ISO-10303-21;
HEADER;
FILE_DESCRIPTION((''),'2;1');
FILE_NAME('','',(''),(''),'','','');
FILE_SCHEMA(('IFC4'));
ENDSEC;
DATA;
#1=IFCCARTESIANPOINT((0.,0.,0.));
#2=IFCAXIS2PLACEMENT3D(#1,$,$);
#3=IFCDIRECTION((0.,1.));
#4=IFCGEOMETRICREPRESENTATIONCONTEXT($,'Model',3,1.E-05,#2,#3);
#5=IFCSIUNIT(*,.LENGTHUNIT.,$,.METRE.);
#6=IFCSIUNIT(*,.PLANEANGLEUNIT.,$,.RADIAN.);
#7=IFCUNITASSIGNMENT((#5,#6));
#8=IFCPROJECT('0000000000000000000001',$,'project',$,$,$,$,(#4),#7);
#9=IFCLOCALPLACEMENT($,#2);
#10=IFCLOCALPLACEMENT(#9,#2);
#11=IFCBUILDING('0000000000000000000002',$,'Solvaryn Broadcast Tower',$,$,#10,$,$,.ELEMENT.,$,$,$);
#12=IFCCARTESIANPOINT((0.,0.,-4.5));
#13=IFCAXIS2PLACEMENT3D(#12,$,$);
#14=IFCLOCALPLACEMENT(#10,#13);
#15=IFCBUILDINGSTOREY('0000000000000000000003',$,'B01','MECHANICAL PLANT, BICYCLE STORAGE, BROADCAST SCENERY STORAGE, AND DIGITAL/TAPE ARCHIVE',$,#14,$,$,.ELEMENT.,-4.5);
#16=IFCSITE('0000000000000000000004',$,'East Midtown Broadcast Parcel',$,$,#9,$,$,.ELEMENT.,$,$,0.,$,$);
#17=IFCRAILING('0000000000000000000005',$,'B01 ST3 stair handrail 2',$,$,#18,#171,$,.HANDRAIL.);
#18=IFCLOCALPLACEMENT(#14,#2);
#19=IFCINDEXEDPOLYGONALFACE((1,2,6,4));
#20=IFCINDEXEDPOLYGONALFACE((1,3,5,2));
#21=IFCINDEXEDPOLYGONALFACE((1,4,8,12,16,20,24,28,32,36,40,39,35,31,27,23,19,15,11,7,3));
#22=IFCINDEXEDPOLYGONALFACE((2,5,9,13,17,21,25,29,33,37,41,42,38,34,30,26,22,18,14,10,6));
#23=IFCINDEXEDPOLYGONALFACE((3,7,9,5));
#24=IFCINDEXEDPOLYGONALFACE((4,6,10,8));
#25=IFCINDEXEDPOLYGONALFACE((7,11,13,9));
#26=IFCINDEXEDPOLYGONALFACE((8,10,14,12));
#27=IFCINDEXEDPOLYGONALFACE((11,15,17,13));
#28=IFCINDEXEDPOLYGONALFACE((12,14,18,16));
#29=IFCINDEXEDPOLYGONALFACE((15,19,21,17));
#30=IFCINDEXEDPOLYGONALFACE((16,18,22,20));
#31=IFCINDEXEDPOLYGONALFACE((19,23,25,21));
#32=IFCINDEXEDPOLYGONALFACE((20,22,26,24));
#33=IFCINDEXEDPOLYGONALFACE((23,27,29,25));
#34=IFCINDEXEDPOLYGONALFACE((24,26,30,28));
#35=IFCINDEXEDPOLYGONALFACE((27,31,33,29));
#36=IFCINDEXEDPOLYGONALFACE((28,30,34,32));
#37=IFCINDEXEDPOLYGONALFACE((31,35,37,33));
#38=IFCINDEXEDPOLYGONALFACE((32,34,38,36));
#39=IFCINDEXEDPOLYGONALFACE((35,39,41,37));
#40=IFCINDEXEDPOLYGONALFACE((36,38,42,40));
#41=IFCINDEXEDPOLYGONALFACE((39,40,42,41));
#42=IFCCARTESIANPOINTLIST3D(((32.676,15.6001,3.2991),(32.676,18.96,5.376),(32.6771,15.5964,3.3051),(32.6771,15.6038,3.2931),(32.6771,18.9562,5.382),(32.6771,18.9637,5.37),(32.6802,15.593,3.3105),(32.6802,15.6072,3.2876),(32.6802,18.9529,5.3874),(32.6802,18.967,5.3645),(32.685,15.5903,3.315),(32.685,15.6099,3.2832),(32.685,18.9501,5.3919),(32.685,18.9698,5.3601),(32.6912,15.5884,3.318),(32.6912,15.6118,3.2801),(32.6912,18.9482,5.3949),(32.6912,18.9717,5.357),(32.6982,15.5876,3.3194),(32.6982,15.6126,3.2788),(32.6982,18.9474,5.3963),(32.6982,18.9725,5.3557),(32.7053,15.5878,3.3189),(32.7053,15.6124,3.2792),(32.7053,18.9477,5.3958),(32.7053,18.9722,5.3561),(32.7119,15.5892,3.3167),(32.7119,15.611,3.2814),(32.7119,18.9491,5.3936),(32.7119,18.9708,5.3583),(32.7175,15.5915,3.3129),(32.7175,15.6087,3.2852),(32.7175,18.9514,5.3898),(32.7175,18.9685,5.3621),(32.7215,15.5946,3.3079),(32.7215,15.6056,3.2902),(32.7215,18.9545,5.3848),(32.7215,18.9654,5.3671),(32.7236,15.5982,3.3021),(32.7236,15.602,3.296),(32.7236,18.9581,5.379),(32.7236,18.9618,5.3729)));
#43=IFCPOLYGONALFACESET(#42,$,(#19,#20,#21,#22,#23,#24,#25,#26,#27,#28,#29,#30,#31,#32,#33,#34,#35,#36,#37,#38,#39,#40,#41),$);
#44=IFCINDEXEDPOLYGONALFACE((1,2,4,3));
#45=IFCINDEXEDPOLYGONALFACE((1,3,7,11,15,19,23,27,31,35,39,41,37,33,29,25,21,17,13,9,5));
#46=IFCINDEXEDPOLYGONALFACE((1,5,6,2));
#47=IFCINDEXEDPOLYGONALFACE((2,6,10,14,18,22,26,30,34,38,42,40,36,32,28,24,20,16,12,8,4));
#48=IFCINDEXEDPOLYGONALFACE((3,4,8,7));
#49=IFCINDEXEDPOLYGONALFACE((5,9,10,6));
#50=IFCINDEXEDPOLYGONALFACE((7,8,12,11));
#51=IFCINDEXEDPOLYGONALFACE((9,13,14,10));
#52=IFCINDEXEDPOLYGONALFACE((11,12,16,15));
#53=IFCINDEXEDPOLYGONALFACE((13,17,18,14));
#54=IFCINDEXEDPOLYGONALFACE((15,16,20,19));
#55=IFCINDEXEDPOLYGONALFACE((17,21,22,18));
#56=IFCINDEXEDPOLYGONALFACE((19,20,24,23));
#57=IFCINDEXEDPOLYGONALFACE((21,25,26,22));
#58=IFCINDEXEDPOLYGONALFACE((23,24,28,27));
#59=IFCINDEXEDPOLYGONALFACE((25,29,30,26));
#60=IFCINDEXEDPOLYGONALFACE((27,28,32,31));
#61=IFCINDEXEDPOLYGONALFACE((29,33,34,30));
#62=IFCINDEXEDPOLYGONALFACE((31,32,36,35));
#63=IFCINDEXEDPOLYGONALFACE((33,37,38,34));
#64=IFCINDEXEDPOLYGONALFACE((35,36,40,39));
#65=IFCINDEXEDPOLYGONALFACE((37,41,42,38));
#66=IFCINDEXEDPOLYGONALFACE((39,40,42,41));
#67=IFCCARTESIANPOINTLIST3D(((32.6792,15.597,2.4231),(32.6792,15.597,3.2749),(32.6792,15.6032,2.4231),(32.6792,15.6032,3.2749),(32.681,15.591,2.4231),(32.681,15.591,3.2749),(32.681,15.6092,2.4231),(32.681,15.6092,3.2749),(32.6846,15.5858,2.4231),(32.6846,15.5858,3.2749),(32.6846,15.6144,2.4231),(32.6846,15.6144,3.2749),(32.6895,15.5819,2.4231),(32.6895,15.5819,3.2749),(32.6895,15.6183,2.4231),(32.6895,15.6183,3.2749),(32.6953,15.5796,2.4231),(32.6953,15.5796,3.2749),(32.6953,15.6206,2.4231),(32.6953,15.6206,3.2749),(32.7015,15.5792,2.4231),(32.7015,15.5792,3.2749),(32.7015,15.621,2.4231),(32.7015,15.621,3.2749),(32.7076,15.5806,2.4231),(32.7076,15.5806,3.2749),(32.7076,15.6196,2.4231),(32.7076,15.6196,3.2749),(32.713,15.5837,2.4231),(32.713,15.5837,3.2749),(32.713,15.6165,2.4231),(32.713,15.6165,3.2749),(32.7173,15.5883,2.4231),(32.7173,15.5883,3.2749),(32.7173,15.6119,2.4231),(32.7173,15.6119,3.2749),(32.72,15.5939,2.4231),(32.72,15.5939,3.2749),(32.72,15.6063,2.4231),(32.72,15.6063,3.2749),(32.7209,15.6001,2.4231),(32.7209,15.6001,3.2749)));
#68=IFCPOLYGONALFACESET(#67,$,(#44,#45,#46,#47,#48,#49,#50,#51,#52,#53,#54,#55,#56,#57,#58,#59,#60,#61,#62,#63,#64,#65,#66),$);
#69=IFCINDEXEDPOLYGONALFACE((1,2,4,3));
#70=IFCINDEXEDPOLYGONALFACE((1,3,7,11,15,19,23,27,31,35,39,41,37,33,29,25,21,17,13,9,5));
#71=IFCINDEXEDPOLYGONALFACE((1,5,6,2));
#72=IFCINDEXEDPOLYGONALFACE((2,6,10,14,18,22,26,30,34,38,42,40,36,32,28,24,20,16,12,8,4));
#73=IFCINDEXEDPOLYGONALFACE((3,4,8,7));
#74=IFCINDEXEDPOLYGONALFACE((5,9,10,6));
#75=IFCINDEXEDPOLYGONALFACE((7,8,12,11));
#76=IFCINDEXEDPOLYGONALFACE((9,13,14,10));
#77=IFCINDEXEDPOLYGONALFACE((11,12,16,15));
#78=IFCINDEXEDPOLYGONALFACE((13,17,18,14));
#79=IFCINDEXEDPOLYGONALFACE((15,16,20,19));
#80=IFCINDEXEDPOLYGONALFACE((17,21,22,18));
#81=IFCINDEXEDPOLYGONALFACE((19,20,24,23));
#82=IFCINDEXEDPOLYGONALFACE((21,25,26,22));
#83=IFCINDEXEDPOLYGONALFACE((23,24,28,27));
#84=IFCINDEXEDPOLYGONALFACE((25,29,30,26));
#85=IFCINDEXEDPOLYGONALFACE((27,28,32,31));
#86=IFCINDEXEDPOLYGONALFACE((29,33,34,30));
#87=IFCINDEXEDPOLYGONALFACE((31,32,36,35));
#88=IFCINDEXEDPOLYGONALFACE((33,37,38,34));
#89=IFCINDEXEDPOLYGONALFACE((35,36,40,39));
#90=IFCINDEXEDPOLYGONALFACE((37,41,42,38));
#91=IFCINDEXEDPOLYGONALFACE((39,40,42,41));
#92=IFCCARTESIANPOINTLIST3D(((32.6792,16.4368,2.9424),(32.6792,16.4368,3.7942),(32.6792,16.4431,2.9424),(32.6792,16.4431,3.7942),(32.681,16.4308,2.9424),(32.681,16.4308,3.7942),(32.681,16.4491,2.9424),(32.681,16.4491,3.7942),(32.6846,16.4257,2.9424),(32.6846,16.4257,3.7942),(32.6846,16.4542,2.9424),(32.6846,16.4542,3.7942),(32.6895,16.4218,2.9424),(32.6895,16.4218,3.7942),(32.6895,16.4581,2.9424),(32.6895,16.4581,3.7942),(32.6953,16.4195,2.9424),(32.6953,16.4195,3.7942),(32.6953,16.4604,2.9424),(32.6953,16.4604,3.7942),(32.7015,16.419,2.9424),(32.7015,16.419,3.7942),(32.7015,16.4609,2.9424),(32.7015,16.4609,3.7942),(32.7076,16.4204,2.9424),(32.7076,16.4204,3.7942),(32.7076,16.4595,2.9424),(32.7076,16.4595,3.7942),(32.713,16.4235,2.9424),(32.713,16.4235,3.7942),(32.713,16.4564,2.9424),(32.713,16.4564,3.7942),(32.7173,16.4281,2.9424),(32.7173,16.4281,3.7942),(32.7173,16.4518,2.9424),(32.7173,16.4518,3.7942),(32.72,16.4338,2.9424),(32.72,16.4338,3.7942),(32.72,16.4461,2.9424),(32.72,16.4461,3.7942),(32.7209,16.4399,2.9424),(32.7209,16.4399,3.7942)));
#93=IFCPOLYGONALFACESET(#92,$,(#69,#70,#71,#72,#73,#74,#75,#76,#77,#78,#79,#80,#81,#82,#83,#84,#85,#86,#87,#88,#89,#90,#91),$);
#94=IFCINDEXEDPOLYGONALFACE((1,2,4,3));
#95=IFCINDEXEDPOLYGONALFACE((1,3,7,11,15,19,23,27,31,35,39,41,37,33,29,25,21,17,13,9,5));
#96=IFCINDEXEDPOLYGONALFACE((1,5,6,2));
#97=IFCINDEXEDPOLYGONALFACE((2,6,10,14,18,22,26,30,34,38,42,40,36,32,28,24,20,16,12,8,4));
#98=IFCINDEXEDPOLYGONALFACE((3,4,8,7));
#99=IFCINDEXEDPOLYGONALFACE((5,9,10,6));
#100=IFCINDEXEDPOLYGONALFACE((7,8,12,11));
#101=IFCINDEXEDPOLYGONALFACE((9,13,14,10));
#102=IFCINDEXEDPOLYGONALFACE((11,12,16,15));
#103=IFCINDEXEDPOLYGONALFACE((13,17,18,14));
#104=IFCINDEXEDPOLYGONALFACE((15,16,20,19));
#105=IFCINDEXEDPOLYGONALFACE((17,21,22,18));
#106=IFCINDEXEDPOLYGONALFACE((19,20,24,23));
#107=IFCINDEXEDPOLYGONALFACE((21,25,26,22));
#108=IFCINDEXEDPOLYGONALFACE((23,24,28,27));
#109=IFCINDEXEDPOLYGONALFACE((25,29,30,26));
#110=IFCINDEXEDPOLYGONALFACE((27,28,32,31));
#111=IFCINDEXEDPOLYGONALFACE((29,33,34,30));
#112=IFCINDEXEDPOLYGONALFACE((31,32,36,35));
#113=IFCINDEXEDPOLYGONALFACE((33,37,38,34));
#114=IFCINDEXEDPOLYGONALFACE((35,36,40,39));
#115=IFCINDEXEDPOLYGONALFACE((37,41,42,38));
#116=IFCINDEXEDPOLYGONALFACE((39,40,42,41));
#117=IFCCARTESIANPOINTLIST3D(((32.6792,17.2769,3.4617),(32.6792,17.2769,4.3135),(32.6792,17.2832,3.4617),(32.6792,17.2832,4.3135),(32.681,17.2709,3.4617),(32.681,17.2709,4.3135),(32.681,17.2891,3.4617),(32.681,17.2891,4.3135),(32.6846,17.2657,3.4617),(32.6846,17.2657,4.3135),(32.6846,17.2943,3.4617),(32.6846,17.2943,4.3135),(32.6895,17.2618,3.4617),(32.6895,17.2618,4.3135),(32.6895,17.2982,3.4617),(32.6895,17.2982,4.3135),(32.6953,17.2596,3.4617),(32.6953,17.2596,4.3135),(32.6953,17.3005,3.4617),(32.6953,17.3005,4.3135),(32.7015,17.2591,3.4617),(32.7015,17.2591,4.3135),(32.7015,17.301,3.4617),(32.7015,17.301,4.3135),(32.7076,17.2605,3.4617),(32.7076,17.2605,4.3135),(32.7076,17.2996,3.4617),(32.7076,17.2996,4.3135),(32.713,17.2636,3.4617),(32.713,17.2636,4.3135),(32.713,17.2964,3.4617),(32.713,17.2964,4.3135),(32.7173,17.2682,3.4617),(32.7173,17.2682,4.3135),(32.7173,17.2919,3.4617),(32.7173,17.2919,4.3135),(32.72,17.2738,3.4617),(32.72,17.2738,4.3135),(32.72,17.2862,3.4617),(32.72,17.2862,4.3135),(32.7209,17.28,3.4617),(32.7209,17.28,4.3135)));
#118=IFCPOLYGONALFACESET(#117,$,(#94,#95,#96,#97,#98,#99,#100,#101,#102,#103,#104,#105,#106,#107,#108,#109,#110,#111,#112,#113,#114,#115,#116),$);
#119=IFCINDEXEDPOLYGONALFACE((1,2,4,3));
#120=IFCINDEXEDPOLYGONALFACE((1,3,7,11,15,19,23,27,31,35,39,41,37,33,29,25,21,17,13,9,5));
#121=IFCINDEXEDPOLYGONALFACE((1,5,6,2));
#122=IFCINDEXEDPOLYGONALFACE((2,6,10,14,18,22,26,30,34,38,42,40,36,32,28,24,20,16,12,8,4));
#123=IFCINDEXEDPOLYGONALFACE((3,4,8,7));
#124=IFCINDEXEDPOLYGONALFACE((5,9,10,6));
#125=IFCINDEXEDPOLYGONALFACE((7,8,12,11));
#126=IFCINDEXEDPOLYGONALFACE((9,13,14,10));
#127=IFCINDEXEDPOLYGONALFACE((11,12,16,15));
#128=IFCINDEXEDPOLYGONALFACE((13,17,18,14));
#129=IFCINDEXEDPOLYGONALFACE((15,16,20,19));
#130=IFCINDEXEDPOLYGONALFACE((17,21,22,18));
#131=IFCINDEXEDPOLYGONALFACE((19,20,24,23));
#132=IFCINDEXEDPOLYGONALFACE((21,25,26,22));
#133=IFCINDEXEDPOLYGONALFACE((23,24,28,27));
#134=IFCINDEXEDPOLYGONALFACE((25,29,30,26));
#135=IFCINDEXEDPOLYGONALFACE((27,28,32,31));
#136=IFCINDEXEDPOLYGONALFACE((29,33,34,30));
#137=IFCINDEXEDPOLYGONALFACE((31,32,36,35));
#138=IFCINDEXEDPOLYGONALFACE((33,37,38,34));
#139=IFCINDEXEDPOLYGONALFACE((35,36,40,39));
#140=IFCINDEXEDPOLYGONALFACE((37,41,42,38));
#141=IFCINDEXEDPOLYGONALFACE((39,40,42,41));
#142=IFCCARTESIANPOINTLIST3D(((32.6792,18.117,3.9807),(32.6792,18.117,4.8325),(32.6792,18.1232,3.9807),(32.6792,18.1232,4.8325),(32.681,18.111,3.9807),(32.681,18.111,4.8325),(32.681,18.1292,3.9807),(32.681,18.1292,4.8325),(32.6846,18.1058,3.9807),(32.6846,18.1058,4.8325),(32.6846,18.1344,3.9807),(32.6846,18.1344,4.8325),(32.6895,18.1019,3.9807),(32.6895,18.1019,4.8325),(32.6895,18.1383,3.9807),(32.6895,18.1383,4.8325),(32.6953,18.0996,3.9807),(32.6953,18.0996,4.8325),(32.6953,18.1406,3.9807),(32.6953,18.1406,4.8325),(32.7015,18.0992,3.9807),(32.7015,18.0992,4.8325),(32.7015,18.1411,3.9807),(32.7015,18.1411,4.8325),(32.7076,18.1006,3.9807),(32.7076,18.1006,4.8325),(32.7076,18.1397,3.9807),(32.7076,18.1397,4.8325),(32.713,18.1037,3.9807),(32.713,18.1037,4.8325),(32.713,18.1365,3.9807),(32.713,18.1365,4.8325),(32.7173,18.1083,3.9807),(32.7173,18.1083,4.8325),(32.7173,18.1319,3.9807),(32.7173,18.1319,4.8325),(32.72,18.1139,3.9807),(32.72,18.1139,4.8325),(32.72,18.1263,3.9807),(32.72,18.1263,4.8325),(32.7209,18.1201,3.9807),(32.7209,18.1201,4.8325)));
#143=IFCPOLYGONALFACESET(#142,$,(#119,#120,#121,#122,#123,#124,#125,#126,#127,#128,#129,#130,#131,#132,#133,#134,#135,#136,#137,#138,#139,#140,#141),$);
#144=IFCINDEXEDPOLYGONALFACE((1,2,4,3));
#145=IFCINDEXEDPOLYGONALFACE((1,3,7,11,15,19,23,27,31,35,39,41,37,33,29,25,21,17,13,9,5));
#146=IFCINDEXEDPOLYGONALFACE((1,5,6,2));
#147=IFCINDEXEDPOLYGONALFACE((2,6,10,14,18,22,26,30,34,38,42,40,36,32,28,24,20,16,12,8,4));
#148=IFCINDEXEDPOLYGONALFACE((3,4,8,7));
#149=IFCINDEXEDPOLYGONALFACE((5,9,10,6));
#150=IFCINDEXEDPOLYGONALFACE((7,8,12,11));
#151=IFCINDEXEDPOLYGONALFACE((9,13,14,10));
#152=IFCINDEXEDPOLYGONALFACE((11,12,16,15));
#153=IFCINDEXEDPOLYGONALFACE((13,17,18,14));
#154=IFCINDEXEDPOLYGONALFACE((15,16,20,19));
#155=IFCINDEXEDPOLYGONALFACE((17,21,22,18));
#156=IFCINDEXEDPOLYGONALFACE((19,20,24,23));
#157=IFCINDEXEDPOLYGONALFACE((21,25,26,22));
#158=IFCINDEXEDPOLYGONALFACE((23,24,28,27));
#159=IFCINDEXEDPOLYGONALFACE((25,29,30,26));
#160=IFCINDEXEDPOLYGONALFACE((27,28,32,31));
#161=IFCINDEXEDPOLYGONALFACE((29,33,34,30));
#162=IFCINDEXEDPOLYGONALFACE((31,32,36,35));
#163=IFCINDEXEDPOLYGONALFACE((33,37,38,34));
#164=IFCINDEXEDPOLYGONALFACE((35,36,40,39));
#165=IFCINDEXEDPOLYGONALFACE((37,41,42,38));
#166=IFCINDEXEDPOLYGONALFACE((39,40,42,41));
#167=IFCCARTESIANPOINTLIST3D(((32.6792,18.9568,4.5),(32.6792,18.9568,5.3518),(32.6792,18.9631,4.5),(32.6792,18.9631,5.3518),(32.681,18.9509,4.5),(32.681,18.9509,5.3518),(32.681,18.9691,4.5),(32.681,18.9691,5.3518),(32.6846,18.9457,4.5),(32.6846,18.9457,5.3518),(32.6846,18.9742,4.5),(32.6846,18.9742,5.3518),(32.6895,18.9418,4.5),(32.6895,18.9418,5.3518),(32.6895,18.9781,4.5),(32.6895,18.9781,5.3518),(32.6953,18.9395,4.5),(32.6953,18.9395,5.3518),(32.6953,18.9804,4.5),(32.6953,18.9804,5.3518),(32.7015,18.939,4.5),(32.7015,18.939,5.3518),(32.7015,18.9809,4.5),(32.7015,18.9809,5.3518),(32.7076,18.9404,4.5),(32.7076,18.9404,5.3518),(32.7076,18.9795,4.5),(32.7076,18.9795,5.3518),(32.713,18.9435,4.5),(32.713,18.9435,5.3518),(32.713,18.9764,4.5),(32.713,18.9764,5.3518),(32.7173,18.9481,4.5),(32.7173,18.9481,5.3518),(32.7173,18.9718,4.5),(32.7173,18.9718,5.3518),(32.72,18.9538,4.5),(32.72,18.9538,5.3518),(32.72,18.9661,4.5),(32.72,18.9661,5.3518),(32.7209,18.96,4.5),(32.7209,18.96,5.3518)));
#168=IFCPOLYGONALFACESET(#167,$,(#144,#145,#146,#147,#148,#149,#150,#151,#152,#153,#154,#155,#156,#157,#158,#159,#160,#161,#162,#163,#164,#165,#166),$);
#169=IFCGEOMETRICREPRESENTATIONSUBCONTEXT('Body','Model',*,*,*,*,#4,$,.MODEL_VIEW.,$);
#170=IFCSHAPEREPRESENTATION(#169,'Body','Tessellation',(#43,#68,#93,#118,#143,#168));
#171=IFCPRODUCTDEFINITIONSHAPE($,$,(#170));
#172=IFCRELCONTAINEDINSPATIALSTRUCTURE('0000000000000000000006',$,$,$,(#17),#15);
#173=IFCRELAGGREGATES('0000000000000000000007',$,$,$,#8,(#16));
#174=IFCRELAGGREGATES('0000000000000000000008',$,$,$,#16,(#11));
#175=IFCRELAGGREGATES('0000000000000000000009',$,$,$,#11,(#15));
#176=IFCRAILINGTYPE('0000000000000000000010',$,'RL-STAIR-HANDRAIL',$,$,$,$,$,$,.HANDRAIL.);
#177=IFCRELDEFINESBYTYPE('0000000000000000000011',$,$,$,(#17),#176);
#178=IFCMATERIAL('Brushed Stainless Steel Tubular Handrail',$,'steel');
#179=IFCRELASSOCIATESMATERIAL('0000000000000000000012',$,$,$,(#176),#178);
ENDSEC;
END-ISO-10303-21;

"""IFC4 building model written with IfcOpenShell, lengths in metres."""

from ifc_helpers import new_model, si_unit, direction, frame, origin, origin_2d, place, context, subcontext, project, spatial, circle, extrude, material, type_object, element, save


model = new_model("IFC4")

# Units and contexts
model_context = context("Model", 3, precision=1e-05, world=origin(), true_north=direction((0.0, 1.0)))
body_context = subcontext(model_context, "Body", "Model", "MODEL_VIEW")
ifc_project = project(units=[si_unit("LENGTHUNIT", "METRE"), si_unit("PLANEANGLEUNIT", "RADIAN")], contexts=[model_context])

# Site, building, storey
site_placement = place(None, origin())
site = spatial("IfcSite", under=ifc_project, at=site_placement, Name="East Midtown Broadcast Parcel", CompositionType="ELEMENT", RefElevation=0.0)
building_placement = place(site_placement, origin())
building = spatial("IfcBuilding", under=site, at=building_placement, Name="Solvaryn Broadcast Tower", CompositionType="ELEMENT")
storey_placement = place(building_placement, frame((0.0, 0.0, -4.5)))
storey = spatial("IfcBuildingStorey", under=building, at=storey_placement, Name="B01", Description="MECHANICAL PLANT, BICYCLE STORAGE, BROADCAST SCENERY STORAGE, AND DIGITAL/TAPE ARCHIVE", CompositionType="ELEMENT", Elevation=-4.5)

# Railing
ifc_material_1 = material(Name="Brushed Stainless Steel Tubular Handrail", Category="steel")
railing_type_1 = type_object("IfcRailingType", Name="RL-STAIR-HANDRAIL", PredefinedType="HANDRAIL", material=ifc_material_1)
railing_1_placement = place(storey_placement, frame((32.7, 15.6001, 2.4231)))
element("IfcRailing", 1, at=railing_1_placement, inside=storey, type_object=railing_type_1, Name="B01 ST3 stair handrail 2", PredefinedType="HANDRAIL", context=body_context, shape_type="SweptSolid", body=[
    extrude(circle(Radius=0.0239, at=origin_2d()), frame((0.0, 0.0, 0.876), z_axis=(0.0, 0.850606, 0.525803), x_axis=(-1.0, 0.0, 0.0)), (0.0, 0.0, 1.0), 3.95),
    extrude(circle(Radius=0.021, at=origin_2d()), origin(), (0.0, 0.0, 1.0), 0.8518),
    extrude(circle(Radius=0.021, at=origin_2d()), frame((0.0, 0.8398, 0.5193)), (0.0, 0.0, 1.0), 0.8518),
    extrude(circle(Radius=0.021, at=origin_2d()), frame((0.0, 1.6799, 1.0386)), (0.0, 0.0, 1.0), 0.8518),
    extrude(circle(Radius=0.021, at=origin_2d()), frame((0.0, 2.52, 1.5576)), (0.0, 0.0, 1.0), 0.8518),
    extrude(circle(Radius=0.021, at=origin_2d()), frame((0.0, 3.3599, 2.0769)), (0.0, 0.0, 1.0), 0.8518),
])

save(model, "model.ifc")
